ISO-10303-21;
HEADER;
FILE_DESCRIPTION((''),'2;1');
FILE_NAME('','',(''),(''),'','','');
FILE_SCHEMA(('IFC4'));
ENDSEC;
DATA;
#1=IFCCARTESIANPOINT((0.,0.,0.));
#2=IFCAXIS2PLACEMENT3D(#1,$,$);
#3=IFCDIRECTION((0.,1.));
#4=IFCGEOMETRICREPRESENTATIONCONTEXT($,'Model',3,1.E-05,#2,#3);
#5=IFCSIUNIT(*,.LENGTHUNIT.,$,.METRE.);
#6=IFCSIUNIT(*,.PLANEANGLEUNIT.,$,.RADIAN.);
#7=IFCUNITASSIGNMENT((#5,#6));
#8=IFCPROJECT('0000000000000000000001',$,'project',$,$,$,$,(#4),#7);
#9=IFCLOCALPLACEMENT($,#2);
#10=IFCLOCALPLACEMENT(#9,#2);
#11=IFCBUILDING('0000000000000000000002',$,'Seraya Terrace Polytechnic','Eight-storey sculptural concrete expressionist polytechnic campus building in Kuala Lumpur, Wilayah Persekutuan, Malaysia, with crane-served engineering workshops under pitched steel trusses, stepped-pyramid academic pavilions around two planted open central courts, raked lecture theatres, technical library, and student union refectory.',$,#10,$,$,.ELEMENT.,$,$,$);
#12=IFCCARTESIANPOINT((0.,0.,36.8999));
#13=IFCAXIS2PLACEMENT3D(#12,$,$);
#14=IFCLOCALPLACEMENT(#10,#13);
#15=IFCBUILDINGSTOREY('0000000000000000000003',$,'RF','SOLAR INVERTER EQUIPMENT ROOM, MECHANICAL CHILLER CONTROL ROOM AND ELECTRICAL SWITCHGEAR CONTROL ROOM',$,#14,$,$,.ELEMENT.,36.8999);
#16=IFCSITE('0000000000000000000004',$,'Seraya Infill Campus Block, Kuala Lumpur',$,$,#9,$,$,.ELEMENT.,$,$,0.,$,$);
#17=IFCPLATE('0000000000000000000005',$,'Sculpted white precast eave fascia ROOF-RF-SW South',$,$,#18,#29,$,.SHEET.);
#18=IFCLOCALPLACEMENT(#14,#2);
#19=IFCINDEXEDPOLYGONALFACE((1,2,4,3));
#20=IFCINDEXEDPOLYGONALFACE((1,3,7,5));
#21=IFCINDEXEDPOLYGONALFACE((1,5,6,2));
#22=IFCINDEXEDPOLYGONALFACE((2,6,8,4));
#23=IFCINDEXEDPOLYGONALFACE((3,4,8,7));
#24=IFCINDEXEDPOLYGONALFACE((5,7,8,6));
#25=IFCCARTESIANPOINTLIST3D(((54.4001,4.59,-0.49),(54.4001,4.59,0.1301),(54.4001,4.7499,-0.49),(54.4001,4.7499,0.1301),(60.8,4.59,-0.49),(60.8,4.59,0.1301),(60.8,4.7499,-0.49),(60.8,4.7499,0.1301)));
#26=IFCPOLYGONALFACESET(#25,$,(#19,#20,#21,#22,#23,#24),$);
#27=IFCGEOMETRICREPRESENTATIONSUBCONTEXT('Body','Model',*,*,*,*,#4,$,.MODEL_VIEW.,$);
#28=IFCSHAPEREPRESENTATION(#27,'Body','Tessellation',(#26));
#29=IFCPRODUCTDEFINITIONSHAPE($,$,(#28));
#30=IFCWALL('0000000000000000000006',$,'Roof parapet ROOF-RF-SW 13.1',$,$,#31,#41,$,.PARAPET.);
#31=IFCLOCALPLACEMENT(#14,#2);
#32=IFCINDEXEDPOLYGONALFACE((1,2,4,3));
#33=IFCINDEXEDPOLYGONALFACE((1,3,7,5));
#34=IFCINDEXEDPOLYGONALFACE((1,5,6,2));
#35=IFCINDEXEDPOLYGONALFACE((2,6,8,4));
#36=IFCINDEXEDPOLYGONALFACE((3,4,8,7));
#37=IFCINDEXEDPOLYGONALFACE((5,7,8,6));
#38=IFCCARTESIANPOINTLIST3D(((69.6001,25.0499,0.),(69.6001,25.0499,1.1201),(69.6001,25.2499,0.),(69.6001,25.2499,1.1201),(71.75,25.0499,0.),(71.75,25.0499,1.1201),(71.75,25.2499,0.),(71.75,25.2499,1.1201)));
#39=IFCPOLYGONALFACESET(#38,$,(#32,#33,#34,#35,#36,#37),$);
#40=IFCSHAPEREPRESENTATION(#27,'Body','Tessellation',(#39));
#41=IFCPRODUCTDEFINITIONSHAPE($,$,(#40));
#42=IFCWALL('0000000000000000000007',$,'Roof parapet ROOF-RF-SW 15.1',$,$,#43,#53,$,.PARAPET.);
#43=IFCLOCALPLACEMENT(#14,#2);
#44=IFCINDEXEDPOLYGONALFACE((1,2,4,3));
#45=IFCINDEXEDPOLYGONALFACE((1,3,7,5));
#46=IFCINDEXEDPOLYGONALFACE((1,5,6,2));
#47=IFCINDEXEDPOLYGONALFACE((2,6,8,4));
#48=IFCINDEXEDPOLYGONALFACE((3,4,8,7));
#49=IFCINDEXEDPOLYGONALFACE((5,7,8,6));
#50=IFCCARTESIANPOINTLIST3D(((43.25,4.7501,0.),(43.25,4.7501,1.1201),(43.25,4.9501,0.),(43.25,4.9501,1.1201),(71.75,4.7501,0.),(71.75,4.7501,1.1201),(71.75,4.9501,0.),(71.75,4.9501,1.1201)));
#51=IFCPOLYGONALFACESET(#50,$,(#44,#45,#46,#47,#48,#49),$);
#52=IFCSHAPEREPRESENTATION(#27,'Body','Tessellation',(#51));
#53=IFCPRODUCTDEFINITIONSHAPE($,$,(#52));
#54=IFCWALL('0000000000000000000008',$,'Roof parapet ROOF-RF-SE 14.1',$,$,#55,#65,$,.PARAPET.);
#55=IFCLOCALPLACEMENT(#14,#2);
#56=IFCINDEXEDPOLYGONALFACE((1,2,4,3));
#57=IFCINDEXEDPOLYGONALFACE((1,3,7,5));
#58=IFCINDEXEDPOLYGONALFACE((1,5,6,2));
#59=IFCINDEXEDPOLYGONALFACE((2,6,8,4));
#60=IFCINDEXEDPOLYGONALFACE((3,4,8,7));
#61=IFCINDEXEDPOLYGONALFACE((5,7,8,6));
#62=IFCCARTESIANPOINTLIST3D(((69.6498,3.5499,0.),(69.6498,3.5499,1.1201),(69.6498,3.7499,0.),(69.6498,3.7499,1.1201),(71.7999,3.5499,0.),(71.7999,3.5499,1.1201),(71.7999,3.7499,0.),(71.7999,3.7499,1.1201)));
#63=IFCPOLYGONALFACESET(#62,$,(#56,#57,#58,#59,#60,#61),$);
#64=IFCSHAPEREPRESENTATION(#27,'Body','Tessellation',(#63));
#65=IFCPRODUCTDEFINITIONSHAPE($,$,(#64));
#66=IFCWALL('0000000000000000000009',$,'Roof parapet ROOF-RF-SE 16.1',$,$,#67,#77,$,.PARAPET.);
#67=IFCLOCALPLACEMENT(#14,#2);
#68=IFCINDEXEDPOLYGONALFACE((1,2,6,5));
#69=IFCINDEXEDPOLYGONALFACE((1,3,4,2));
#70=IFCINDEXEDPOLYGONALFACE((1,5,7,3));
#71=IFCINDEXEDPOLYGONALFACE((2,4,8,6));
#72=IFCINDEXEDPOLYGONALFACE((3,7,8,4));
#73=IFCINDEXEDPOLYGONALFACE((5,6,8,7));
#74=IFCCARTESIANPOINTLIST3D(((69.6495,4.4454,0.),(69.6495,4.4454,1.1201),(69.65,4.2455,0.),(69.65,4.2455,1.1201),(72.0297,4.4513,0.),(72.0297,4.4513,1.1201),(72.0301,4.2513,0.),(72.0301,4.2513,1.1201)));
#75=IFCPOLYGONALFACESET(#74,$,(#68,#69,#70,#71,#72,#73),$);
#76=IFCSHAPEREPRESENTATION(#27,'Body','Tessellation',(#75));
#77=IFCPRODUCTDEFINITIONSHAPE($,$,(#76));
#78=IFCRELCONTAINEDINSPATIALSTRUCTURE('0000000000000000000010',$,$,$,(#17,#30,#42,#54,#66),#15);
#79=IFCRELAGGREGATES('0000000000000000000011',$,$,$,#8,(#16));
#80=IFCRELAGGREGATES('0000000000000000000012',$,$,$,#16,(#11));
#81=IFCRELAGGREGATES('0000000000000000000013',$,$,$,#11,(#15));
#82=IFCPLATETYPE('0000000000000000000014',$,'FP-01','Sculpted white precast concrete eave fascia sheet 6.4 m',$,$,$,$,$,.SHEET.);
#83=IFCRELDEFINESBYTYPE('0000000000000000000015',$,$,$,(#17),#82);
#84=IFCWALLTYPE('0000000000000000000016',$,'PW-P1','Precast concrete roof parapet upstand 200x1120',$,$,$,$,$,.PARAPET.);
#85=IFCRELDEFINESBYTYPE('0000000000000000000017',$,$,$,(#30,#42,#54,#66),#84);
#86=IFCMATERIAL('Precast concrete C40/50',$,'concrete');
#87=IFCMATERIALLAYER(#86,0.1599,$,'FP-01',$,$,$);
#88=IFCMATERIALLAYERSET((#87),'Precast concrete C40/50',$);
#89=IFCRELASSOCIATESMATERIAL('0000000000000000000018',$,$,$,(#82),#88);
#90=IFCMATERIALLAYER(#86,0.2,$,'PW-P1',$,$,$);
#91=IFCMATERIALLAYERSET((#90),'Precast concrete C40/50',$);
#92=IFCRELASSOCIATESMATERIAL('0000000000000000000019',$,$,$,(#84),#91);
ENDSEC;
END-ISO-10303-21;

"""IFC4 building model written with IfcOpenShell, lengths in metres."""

from ifc_helpers import new_model, si_unit, direction, frame, frame_2d, origin, origin_2d, place, context, subcontext, project, spatial, rectangle, extrude, material, layer, layer_set, type_object, element, save


model = new_model("IFC4")

# Units and contexts
model_context = context("Model", 3, precision=1e-05, world=origin(), true_north=direction((0.0, 1.0)))
body_context = subcontext(model_context, "Body", "Model", "MODEL_VIEW")
ifc_project = project(units=[si_unit("LENGTHUNIT", "METRE"), si_unit("PLANEANGLEUNIT", "RADIAN")], contexts=[model_context])

# Site, building, storey
site_placement = place(None, origin())
site = spatial("IfcSite", under=ifc_project, at=site_placement, Name="Seraya Infill Campus Block, Kuala Lumpur", CompositionType="ELEMENT", RefElevation=0.0)
building_placement = place(site_placement, origin())
building = spatial("IfcBuilding", under=site, at=building_placement, Name="Seraya Terrace Polytechnic", Description="Eight-storey sculptural concrete expressionist polytechnic campus building in Kuala Lumpur, Wilayah Persekutuan, Malaysia, with crane-served engineering workshops under pitched steel trusses, stepped-pyramid academic pavilions around two planted open central courts, raked lecture theatres, technical library, and student union refectory.", CompositionType="ELEMENT")
storey_placement = place(building_placement, frame((0.0, 0.0, 36.8999)))
storey = spatial("IfcBuildingStorey", under=building, at=storey_placement, Name="RF", Description="SOLAR INVERTER EQUIPMENT ROOM, MECHANICAL CHILLER CONTROL ROOM AND ELECTRICAL SWITCHGEAR CONTROL ROOM", CompositionType="ELEMENT", Elevation=36.8999)

# Plate
ifc_material_1 = material(Name="Precast concrete C40/50", Category="concrete")
ifc_layer_1 = layer(ifc_material_1, 0.1599, Name="FP-01")
ifc_layer_set_1 = layer_set([ifc_layer_1], Name="Precast concrete C40/50")
plate_type = type_object("IfcPlateType", Name="FP-01", Description="Sculpted white precast concrete eave fascia sheet 6.4 m", PredefinedType="SHEET", material=ifc_layer_set_1)
plate_placement = place(storey_placement, frame((57.6001, 4.6699, -0.49), z_axis=(0.0, 0.0, 1.0), x_axis=(1.0, 0.0, 0.0)))
element("IfcPlate", 1, at=plate_placement, inside=storey, type_object=plate_type, Name="Sculpted white precast eave fascia ROOF-RF-SW South", PredefinedType="SHEET", context=body_context, shape_type="SweptSolid", body=[
    extrude(rectangle(XDim=6.3999, YDim=0.1599, at=origin_2d()), origin(), (0.0, 0.0, 1.0), 0.6201),
])

# Walls
ifc_layer_2 = layer(ifc_material_1, 0.2, Name="PW-P1")
ifc_layer_set_2 = layer_set([ifc_layer_2], Name="Precast concrete C40/50")
wall_type = type_object("IfcWallType", Name="PW-P1", Description="Precast concrete roof parapet upstand 200x1120", PredefinedType="PARAPET", material=ifc_layer_set_2)
wall_1_placement = place(storey_placement, frame((69.6001, 25.1499, 0.0), z_axis=(0.0, 0.0, 1.0), x_axis=(1.0, 0.0, 0.0)))
element("IfcWall", 2, at=wall_1_placement, inside=storey, type_object=wall_type, Name="Roof parapet ROOF-RF-SW 13.1", PredefinedType="PARAPET", context=body_context, shape_type="SweptSolid", body=[
    extrude(rectangle(XDim=2.1499, YDim=0.2, at=frame_2d((1.075, 0.0))), origin(), (0.0, 0.0, 1.0), 1.1201),
])
wall_2_placement = place(storey_placement, frame((71.75, 4.8501, 0.0), z_axis=(0.0, 0.0, 1.0), x_axis=(-1.0, 0.0, 0.0)))
element("IfcWall", 3, at=wall_2_placement, inside=storey, type_object=wall_type, Name="Roof parapet ROOF-RF-SW 15.1", PredefinedType="PARAPET", context=body_context, shape_type="SweptSolid", body=[
    extrude(rectangle(XDim=28.5, YDim=0.2, at=frame_2d((14.25, 0.0))), origin(), (0.0, 0.0, 1.0), 1.1201),
])
wall_3_placement = place(storey_placement, frame((71.8, 3.6499, 0.0), z_axis=(0.0, 0.0, 1.0), x_axis=(-1.0, 0.0, 0.0)))
element("IfcWall", 4, at=wall_3_placement, inside=storey, type_object=wall_type, Name="Roof parapet ROOF-RF-SE 14.1", PredefinedType="PARAPET", context=body_context, shape_type="SweptSolid", body=[
    extrude(rectangle(XDim=2.1501, YDim=0.2, at=frame_2d((1.0752, 0.0))), origin(), (0.0, 0.0, 1.0), 1.1201),
])
wall_4_placement = place(storey_placement, frame((69.6499, 4.3455, 0.0), z_axis=(0.0, 0.0, 1.0), x_axis=(0.999997, 0.002462, 0.0)))
element("IfcWall", 5, at=wall_4_placement, inside=storey, type_object=wall_type, Name="Roof parapet ROOF-RF-SE 16.1", PredefinedType="PARAPET", context=body_context, shape_type="SweptSolid", body=[
    extrude(rectangle(XDim=2.3801, YDim=0.2, at=frame_2d((1.1899, 0.0))), origin(), (0.0, 0.0, 1.0), 1.1201),
])

save(model, "model.ifc")
